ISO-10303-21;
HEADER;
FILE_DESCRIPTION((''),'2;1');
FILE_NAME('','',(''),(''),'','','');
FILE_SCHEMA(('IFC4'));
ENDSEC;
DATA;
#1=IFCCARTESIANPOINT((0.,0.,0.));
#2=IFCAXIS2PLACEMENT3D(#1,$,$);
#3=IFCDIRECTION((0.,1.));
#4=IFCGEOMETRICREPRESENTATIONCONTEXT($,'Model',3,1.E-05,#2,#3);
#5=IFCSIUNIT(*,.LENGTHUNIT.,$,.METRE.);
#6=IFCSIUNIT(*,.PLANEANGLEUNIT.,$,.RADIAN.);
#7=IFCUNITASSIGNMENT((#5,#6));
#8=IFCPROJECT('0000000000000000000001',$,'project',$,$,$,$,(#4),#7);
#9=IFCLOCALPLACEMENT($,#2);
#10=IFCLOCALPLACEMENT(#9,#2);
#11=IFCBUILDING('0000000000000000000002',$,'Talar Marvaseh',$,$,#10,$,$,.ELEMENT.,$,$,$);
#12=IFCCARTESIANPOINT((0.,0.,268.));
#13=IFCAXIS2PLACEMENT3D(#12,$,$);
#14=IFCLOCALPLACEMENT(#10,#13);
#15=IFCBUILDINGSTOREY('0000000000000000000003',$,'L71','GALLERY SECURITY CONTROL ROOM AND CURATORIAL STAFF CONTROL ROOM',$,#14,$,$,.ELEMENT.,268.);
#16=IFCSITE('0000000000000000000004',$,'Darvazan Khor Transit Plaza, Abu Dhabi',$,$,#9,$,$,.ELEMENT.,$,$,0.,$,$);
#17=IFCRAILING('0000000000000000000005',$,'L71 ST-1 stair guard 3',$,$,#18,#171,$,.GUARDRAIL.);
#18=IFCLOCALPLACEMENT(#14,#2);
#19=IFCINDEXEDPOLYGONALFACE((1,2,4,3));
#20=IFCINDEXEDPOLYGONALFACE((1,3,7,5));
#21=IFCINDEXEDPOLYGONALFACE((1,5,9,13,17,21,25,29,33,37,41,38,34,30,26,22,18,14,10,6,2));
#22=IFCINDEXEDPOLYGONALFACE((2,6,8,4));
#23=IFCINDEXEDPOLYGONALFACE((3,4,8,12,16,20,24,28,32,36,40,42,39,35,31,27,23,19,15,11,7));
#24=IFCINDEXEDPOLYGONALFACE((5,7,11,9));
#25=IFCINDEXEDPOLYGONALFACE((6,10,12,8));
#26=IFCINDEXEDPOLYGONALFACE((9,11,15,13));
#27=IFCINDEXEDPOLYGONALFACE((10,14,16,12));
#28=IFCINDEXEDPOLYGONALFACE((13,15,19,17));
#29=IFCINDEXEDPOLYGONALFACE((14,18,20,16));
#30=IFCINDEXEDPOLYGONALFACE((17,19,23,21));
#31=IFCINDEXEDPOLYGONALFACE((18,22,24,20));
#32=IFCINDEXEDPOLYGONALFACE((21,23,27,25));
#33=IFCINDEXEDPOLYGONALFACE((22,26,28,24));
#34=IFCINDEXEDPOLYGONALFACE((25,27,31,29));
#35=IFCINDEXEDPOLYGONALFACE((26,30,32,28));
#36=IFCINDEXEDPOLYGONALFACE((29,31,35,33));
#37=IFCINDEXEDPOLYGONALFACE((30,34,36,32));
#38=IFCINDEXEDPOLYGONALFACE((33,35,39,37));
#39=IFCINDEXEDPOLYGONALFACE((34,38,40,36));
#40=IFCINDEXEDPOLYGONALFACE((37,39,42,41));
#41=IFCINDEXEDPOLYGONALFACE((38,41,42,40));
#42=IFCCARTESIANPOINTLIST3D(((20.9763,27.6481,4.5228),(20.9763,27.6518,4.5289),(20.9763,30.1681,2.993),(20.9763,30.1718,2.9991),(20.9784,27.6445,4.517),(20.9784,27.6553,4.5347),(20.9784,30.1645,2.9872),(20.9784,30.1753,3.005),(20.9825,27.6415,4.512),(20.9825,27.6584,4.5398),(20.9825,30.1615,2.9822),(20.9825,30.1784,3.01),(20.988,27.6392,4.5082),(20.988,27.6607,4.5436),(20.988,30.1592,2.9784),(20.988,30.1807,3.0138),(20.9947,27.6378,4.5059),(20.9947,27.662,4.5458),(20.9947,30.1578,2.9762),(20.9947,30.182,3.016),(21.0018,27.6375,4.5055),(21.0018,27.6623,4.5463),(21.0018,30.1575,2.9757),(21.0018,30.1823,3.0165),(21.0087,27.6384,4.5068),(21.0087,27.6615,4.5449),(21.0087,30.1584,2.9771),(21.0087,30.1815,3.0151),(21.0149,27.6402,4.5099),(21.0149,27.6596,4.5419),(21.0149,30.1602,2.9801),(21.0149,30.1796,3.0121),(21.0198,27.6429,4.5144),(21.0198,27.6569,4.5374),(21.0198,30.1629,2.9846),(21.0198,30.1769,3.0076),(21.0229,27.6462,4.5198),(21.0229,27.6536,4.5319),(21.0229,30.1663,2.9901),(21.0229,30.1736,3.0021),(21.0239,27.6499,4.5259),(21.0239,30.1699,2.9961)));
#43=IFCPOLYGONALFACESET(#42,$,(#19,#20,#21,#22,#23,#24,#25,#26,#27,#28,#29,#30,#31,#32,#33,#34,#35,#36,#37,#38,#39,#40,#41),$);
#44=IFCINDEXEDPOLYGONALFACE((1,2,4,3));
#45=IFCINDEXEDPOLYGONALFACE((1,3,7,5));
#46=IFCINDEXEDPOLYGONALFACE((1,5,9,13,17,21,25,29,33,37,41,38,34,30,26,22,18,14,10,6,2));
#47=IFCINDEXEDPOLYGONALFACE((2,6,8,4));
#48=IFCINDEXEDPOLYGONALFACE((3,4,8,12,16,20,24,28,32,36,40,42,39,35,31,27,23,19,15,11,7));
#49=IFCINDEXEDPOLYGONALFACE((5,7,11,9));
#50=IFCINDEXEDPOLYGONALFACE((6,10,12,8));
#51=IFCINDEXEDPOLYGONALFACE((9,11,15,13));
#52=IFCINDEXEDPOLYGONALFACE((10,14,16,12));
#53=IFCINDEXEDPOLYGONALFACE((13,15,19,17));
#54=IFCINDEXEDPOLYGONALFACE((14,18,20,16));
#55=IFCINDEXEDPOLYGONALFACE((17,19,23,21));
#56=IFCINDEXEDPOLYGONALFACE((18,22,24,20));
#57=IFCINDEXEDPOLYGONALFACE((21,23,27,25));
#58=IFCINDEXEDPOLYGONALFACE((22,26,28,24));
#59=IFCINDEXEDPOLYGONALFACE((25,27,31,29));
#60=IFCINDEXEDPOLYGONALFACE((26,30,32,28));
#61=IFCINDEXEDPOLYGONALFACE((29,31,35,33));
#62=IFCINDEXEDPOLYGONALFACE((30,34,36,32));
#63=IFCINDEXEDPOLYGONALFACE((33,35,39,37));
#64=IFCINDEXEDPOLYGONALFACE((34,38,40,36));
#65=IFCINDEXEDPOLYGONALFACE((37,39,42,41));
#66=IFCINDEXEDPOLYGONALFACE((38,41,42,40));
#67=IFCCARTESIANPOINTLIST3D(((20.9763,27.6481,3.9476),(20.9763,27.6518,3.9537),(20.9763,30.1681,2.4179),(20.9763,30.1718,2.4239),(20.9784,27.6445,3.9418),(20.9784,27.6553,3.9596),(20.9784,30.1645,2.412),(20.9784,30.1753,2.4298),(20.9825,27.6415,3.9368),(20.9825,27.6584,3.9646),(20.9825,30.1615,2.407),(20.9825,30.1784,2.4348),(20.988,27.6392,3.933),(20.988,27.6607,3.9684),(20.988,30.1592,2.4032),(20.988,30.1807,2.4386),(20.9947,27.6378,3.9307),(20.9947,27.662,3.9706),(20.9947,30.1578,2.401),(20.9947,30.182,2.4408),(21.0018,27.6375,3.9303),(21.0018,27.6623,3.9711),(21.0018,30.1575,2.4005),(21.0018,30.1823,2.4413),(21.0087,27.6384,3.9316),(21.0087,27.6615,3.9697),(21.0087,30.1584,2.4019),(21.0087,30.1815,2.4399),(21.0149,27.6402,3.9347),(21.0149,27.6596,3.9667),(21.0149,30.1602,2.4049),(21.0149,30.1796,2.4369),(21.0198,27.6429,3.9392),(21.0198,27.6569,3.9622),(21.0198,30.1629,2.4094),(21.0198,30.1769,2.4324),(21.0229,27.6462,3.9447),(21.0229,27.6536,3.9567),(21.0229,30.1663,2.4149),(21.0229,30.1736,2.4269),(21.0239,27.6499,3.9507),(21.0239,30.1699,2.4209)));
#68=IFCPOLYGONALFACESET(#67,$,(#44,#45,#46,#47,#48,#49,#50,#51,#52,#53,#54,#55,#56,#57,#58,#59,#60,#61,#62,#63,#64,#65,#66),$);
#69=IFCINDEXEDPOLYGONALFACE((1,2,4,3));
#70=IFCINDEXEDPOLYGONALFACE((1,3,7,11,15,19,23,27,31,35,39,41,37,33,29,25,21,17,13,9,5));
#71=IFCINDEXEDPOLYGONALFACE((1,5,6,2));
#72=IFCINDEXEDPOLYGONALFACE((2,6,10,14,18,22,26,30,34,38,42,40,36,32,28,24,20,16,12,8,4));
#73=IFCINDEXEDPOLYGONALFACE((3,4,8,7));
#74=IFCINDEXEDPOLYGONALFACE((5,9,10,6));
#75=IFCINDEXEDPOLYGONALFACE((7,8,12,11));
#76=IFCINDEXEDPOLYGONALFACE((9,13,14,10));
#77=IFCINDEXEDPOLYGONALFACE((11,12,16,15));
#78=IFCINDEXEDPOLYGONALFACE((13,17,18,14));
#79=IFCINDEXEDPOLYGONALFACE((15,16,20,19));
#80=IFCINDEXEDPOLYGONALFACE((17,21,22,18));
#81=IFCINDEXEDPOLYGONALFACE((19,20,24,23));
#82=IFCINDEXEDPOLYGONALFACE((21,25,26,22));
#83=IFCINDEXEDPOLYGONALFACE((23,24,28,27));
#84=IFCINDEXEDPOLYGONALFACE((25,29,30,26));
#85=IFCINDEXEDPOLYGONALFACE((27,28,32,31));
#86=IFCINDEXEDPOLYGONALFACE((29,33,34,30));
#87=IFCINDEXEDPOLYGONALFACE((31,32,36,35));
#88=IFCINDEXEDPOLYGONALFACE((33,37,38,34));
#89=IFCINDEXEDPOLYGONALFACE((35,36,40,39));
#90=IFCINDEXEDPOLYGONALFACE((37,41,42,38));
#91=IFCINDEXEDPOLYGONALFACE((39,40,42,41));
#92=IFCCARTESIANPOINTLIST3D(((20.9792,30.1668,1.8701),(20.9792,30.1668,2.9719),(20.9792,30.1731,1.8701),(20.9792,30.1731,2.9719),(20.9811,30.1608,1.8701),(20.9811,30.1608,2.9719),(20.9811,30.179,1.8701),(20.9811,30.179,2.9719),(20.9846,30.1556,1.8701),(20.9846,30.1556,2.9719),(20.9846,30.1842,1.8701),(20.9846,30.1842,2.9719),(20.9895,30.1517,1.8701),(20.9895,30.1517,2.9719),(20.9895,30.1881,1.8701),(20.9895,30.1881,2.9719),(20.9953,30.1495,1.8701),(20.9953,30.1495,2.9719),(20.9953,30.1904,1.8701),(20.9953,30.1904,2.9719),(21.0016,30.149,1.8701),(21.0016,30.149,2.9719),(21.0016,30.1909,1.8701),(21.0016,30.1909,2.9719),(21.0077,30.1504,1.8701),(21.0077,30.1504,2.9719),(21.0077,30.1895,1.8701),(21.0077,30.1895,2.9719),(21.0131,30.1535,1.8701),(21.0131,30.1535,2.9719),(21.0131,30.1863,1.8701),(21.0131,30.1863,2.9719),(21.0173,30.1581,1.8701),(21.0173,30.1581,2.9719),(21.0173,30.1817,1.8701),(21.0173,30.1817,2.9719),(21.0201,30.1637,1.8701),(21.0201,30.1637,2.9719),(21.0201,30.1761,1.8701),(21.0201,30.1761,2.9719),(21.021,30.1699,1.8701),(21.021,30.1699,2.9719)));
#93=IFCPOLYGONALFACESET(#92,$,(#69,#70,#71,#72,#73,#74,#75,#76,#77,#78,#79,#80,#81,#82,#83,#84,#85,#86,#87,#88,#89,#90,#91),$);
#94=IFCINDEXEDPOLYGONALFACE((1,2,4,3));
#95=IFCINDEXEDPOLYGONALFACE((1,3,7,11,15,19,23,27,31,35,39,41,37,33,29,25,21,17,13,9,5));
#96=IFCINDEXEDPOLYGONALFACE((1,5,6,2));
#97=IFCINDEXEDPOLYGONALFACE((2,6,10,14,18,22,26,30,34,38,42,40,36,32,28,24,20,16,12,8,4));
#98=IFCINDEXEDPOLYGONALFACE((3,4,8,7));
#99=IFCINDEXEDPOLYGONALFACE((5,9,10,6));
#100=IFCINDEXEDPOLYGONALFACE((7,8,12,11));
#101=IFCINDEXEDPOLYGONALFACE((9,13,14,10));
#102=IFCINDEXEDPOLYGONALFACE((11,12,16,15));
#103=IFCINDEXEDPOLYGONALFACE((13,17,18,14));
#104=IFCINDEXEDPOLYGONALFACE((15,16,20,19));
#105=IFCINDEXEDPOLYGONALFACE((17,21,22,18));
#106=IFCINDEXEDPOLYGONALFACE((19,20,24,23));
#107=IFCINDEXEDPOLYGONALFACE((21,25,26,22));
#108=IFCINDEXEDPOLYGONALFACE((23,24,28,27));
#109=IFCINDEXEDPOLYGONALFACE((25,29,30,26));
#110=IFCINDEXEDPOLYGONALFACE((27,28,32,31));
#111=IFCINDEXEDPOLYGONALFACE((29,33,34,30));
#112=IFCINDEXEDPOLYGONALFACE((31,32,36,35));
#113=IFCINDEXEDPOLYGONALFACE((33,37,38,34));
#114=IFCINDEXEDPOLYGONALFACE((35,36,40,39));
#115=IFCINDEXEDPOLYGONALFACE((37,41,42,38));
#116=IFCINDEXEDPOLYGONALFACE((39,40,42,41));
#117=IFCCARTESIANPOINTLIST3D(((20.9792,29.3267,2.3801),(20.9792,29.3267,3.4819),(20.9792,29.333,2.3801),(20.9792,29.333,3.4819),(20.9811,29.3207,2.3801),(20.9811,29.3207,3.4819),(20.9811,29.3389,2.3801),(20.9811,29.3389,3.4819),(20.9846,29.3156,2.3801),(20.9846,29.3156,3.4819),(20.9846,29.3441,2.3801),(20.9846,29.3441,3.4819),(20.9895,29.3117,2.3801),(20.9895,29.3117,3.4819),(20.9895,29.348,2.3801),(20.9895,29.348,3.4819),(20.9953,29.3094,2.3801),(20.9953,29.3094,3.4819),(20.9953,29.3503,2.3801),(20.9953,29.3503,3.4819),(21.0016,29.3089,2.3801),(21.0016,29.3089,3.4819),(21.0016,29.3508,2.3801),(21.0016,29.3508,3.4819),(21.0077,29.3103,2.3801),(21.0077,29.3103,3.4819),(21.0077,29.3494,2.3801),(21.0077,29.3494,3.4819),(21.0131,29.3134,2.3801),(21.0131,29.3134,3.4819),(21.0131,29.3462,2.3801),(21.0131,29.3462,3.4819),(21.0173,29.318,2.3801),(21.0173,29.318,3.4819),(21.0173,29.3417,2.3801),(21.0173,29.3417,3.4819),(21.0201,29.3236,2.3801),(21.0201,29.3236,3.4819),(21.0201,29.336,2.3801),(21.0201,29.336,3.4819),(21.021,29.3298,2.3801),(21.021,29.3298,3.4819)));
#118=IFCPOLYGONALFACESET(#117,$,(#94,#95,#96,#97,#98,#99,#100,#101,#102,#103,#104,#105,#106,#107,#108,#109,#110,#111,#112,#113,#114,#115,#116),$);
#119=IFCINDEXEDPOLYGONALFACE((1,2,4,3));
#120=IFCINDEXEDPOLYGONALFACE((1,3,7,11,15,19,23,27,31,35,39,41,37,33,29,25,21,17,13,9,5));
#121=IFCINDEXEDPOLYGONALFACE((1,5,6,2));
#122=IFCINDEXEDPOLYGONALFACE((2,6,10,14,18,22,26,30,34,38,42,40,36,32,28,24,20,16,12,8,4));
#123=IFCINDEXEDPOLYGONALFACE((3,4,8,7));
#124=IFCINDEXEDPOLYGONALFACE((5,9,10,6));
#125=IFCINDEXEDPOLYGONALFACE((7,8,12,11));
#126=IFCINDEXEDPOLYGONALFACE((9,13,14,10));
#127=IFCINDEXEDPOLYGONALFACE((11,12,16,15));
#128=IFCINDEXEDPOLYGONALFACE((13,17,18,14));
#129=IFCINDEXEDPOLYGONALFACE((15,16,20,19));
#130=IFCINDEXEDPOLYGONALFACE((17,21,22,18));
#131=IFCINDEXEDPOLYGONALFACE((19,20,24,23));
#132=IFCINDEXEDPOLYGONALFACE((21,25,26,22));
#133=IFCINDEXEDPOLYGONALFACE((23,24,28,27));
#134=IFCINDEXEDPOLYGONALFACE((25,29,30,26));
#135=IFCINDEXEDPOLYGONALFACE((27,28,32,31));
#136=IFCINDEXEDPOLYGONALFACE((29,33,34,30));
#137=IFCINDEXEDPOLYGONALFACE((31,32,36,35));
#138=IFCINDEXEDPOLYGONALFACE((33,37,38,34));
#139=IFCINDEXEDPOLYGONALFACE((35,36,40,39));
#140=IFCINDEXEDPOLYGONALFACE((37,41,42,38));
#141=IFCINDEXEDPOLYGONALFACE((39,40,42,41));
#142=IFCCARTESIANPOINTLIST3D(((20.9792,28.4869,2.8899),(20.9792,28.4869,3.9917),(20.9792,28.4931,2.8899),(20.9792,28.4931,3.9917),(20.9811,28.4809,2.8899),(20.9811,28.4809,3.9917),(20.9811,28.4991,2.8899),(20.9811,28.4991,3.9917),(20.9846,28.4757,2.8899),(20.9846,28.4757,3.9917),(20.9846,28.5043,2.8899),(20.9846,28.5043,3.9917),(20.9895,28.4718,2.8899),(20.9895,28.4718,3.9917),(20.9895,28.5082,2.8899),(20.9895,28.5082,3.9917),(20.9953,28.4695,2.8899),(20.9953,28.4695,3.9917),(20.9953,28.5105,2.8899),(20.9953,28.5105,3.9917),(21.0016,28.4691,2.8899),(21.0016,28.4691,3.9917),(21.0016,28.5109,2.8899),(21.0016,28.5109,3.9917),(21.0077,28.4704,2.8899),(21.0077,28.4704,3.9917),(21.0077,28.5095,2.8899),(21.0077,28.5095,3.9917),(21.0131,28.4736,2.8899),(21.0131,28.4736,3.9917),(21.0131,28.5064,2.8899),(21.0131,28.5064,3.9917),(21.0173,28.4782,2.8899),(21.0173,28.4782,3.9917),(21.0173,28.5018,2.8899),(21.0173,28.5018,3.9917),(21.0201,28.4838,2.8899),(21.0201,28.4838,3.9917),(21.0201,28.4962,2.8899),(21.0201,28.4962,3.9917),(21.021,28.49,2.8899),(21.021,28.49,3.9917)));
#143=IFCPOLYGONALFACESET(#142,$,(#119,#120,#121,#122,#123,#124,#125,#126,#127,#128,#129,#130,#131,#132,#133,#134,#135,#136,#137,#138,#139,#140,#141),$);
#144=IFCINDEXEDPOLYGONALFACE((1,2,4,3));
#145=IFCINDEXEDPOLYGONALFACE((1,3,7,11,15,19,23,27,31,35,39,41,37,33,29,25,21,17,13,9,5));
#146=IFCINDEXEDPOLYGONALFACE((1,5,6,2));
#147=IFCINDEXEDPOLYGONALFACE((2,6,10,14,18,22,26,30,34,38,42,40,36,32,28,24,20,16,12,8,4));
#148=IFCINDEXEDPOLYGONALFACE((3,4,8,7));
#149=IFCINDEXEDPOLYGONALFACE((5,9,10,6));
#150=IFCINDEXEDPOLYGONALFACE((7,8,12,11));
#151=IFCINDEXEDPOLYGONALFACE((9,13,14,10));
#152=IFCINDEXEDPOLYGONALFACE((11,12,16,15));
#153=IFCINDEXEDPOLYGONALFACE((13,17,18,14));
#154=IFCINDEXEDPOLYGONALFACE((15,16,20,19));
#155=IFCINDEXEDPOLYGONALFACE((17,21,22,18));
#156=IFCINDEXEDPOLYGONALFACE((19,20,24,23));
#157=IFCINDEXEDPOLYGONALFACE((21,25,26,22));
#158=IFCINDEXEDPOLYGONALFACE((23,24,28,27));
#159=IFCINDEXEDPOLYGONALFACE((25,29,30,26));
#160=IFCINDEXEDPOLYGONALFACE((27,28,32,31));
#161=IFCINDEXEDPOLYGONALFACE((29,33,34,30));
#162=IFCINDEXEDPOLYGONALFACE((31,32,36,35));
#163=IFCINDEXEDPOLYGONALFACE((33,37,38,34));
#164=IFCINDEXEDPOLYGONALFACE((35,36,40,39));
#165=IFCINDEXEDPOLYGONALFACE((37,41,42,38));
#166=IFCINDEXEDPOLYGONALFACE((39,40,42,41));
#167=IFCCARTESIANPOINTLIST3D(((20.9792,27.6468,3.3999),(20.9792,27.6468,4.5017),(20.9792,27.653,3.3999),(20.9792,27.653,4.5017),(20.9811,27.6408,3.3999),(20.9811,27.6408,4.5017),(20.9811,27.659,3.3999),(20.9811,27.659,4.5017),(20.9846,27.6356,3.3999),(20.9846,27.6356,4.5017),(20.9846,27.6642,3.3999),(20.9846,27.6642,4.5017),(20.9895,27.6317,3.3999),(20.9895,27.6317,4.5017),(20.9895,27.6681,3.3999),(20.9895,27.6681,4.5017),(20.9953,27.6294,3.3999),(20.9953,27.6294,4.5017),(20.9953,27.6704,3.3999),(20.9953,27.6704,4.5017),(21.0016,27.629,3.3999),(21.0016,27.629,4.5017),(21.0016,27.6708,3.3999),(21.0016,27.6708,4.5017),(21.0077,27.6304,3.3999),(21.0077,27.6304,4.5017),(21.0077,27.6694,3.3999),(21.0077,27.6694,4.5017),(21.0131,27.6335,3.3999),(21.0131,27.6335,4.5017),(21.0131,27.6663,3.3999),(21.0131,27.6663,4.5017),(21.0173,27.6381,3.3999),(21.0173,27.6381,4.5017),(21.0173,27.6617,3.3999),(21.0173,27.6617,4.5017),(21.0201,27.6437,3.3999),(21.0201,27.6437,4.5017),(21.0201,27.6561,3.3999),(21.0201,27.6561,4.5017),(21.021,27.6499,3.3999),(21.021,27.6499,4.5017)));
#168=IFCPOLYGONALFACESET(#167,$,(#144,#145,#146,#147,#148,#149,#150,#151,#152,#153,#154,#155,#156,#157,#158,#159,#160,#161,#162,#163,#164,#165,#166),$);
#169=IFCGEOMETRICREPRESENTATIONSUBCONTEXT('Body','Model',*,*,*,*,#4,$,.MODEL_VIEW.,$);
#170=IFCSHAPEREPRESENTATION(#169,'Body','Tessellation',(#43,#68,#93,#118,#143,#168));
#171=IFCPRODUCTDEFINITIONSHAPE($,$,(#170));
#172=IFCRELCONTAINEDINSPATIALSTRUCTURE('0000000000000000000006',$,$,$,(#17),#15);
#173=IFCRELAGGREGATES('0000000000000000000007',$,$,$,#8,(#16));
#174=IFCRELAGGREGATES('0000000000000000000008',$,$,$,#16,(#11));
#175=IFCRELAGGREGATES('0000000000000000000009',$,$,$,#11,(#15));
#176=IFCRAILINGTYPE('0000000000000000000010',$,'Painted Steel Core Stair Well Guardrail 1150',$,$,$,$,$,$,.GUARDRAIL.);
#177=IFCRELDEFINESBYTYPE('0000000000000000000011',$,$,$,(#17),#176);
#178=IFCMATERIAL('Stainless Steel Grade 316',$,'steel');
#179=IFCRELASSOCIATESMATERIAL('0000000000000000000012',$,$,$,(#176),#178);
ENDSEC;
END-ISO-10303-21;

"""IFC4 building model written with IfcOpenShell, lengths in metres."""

from ifc_helpers import new_model, si_unit, direction, frame, origin, origin_2d, place, context, subcontext, project, spatial, circle, extrude, material, type_object, element, save


model = new_model("IFC4")

# Units and contexts
model_context = context("Model", 3, precision=1e-05, world=origin(), true_north=direction((0.0, 1.0)))
body_context = subcontext(model_context, "Body", "Model", "MODEL_VIEW")
ifc_project = project(units=[si_unit("LENGTHUNIT", "METRE"), si_unit("PLANEANGLEUNIT", "RADIAN")], contexts=[model_context])

# Site, building, storey
site_placement = place(None, origin())
site = spatial("IfcSite", under=ifc_project, at=site_placement, Name="Darvazan Khor Transit Plaza, Abu Dhabi", CompositionType="ELEMENT", RefElevation=0.0)
building_placement = place(site_placement, origin())
building = spatial("IfcBuilding", under=site, at=building_placement, Name="Talar Marvaseh", CompositionType="ELEMENT")
storey_placement = place(building_placement, frame((0.0, 0.0, 268.0)))
storey = spatial("IfcBuildingStorey", under=building, at=storey_placement, Name="L71", Description="GALLERY SECURITY CONTROL ROOM AND CURATORIAL STAFF CONTROL ROOM", CompositionType="ELEMENT", Elevation=268.0)

# Railing
ifc_material_1 = material(Name="Stainless Steel Grade 316", Category="steel")
railing_type_1 = type_object("IfcRailingType", Name="Painted Steel Core Stair Well Guardrail 1150", PredefinedType="GUARDRAIL", material=ifc_material_1)
railing_1_placement = place(storey_placement, frame((21.0, 30.1699, 1.8701)))
element("IfcRailing", 1, at=railing_1_placement, inside=storey, type_object=railing_type_1, Name="L71 ST-1 stair guard 3", PredefinedType="GUARDRAIL", context=body_context, shape_type="SweptSolid", body=[
    extrude(circle(Radius=0.0239, at=origin_2d()), frame((0.0, 0.0, 1.126), z_axis=(0.0, -0.854822, 0.518922), x_axis=(1.0, 0.0, 0.0)), (0.0, 0.0, 1.0), 2.948),
    extrude(circle(Radius=0.0239, at=origin_2d()), frame((0.0, 0.0, 0.5508), z_axis=(0.0, -0.854822, 0.518922), x_axis=(1.0, 0.0, 0.0)), (0.0, 0.0, 1.0), 2.948),
    extrude(circle(Radius=0.021, at=origin_2d()), origin(), (0.0, 0.0, 1.0), 1.1018),
    extrude(circle(Radius=0.021, at=origin_2d()), frame((0.0, -0.8401, 0.51)), (0.0, 0.0, 1.0), 1.1018),
    extrude(circle(Radius=0.021, at=origin_2d()), frame((0.0, -1.6799, 1.0198)), (0.0, 0.0, 1.0), 1.1018),
    extrude(circle(Radius=0.021, at=origin_2d()), frame((0.0, -2.52, 1.5298)), (0.0, 0.0, 1.0), 1.1018),
])

save(model, "model.ifc")
